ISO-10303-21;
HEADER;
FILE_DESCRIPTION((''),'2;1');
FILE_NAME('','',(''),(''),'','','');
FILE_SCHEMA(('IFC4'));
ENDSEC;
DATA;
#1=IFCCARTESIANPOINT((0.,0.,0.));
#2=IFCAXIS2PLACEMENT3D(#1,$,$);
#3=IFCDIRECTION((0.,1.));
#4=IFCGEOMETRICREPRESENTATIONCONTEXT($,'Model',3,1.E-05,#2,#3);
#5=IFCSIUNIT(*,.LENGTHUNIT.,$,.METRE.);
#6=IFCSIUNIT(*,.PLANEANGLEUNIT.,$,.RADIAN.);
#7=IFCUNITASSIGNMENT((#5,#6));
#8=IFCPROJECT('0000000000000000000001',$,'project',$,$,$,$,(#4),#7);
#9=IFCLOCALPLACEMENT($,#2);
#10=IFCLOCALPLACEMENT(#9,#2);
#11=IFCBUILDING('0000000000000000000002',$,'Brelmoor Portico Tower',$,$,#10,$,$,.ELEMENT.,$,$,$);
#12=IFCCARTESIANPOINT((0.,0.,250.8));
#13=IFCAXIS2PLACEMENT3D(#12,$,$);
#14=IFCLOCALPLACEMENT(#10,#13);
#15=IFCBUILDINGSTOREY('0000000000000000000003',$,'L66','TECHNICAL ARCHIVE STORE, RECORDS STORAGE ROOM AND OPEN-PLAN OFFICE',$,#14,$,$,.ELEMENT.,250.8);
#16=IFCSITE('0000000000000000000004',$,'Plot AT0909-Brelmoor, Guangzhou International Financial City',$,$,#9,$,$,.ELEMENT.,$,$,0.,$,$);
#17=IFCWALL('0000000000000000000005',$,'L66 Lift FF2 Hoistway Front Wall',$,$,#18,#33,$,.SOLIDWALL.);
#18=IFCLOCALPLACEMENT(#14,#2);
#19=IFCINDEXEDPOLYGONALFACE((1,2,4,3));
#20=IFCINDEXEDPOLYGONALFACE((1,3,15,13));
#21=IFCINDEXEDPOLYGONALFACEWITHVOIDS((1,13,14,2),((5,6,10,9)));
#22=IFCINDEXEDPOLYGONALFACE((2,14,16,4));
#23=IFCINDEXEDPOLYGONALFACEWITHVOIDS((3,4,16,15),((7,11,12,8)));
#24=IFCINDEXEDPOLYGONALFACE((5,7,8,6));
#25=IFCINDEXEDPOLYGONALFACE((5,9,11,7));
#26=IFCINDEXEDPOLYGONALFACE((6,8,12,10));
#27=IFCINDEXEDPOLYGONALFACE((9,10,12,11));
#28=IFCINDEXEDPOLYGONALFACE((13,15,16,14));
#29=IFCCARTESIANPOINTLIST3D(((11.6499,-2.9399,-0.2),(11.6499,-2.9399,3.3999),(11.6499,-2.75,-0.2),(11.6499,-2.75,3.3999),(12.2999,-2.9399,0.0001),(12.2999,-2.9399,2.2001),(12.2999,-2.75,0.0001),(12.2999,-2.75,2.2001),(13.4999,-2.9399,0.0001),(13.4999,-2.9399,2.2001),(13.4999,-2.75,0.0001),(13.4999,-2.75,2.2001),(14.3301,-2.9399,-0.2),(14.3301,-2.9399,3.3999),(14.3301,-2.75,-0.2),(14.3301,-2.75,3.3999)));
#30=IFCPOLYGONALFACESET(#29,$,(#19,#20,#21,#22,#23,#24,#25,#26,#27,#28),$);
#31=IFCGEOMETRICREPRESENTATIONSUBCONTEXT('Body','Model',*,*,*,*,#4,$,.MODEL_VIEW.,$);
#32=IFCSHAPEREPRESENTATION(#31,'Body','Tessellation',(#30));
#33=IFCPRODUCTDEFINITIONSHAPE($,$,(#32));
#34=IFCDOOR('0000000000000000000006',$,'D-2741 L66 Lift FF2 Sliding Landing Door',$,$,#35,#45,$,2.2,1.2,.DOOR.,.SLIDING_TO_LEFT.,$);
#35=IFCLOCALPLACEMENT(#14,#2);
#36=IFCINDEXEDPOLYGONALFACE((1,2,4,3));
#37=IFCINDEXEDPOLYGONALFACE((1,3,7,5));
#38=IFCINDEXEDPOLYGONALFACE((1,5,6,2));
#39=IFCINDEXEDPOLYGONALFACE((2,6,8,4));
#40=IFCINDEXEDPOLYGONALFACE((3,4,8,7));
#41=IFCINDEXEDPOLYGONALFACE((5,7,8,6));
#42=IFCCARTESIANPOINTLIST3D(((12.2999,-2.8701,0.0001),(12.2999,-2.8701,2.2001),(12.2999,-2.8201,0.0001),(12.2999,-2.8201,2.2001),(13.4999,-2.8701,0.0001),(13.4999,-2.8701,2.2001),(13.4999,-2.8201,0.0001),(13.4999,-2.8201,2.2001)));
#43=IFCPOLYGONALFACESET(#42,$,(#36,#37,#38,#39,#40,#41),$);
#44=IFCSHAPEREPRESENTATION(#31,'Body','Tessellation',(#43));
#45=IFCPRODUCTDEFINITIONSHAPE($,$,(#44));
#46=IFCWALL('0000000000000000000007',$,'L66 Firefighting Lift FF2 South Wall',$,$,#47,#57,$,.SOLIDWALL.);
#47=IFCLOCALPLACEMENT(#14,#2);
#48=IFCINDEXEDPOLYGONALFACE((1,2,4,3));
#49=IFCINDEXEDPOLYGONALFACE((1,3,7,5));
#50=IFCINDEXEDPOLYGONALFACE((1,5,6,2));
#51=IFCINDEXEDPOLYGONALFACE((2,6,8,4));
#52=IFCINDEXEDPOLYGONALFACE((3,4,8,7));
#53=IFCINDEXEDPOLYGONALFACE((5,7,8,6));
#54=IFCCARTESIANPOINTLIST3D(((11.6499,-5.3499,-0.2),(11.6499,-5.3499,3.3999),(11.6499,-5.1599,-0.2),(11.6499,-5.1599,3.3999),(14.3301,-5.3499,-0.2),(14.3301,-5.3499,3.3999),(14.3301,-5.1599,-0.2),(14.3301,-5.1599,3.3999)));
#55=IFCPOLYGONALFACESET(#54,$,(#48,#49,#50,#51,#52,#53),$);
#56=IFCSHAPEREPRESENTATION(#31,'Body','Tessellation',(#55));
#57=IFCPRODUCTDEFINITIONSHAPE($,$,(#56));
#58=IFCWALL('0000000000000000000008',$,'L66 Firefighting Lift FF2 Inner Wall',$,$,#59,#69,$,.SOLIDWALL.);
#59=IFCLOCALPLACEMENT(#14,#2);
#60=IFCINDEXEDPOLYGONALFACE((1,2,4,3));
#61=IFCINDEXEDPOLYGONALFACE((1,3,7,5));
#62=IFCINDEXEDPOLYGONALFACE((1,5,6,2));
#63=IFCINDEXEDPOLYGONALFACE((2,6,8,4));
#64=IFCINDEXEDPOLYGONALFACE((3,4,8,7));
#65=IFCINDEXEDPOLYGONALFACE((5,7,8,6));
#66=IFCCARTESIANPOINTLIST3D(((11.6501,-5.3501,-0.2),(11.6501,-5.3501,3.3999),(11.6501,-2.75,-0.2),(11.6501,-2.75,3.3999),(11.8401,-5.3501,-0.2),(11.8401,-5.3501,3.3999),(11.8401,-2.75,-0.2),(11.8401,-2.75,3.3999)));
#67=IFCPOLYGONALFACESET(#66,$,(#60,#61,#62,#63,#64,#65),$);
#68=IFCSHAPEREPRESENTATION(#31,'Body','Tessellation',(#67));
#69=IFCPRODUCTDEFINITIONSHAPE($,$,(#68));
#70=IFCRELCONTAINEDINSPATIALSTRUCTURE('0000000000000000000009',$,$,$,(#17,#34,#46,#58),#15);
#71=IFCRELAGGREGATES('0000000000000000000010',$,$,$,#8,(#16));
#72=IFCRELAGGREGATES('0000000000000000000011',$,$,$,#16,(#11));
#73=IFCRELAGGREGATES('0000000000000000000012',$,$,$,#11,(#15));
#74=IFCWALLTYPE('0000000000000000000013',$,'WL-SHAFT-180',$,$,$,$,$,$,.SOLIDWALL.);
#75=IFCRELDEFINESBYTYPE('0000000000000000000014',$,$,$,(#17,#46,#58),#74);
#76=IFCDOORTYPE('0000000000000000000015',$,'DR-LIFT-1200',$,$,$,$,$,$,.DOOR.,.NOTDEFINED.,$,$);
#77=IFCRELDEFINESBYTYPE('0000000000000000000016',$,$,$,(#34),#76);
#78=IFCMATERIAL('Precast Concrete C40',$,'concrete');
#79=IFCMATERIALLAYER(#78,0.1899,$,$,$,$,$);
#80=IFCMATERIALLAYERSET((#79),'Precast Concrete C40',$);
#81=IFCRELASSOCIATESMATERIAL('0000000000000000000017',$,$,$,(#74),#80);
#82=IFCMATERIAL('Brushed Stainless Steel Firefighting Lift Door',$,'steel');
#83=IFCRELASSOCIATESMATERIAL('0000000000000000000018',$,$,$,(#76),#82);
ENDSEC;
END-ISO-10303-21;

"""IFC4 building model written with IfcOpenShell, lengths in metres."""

from ifc_helpers import new_model, si_unit, direction, frame, frame_2d, origin, place, context, subcontext, project, spatial, rectangle, extrude, material, layer, layer_set, type_object, element, fill, save


model = new_model("IFC4")

# Units and contexts
model_context = context("Model", 3, precision=1e-05, world=origin(), true_north=direction((0.0, 1.0)))
body_context = subcontext(model_context, "Body", "Model", "MODEL_VIEW")
ifc_project = project(units=[si_unit("LENGTHUNIT", "METRE"), si_unit("PLANEANGLEUNIT", "RADIAN")], contexts=[model_context])

# Site, building, storey
site_placement = place(None, origin())
site = spatial("IfcSite", under=ifc_project, at=site_placement, Name="Plot AT0909-Brelmoor, Guangzhou International Financial City", CompositionType="ELEMENT", RefElevation=0.0)
building_placement = place(site_placement, origin())
building = spatial("IfcBuilding", under=site, at=building_placement, Name="Brelmoor Portico Tower", CompositionType="ELEMENT")
storey_placement = place(building_placement, frame((0.0, 0.0, 250.8)))
storey = spatial("IfcBuildingStorey", under=building, at=storey_placement, Name="L66", Description="TECHNICAL ARCHIVE STORE, RECORDS STORAGE ROOM AND OPEN-PLAN OFFICE", CompositionType="ELEMENT", Elevation=250.8)

# Wall, opening, door
ifc_material_1 = material(Name="Precast Concrete C40", Category="concrete")
ifc_layer_1 = layer(ifc_material_1, 0.1899)
ifc_layer_set_1 = layer_set([ifc_layer_1], Name="Precast Concrete C40")
wall_type_1 = type_object("IfcWallType", Name="WL-SHAFT-180", PredefinedType="SOLIDWALL", material=ifc_layer_set_1)
wall_1_placement = place(storey_placement, frame((11.6499, -2.845, -0.2), z_axis=(0.0, 0.0, 1.0), x_axis=(1.0, 0.0, 0.0)))
wall_1 = element("IfcWall", 1, at=wall_1_placement, inside=storey, type_object=wall_type_1, Name="L66 Lift FF2 Hoistway Front Wall", PredefinedType="SOLIDWALL", context=body_context, shape_type="SweptSolid", body=[
    extrude(rectangle(XDim=2.6802, YDim=0.1899, at=frame_2d((1.3401, 0.0))), origin(), (0.0, 0.0, 1.0), 3.5999),
])
opening_1_placement = place(wall_1_placement, frame((0.6499, 0.0, 0.2)))
opening_1 = element("IfcOpeningElement", 2, at=opening_1_placement, cuts=wall_1, PredefinedType="OPENING", context=body_context, shape_type="SweptSolid", body=[
    extrude(rectangle(XDim=1.2, YDim=2.2, at=frame_2d((0.6001, 1.1001))), frame((0.0, 0.105, 0.0), z_axis=(0.0, -1.0, 0.0), x_axis=(1.0, 0.0, 0.0)), (0.0, 0.0, 1.0), 0.21),
])
ifc_material_2 = material(Name="Brushed Stainless Steel Firefighting Lift Door", Category="steel")
door_type_1 = type_object("IfcDoorType", Name="DR-LIFT-1200", OperationType="NOTDEFINED", PredefinedType="DOOR", material=ifc_material_2)
door_1_placement = place(opening_1_placement, origin())
door_1 = element("IfcDoor", 3, at=door_1_placement, inside=storey, type_object=door_type_1, Name="D-2741 L66 Lift FF2 Sliding Landing Door", OperationType="SLIDING_TO_LEFT", OverallHeight=2.2, OverallWidth=1.2, PredefinedType="DOOR", context=body_context, shape_type="SweptSolid", body=[
    extrude(rectangle(XDim=1.2, YDim=2.2, at=frame_2d((0.6001, 1.1001))), frame((0.0, 0.0249, 0.0), z_axis=(0.0, -1.0, 0.0), x_axis=(1.0, 0.0, 0.0)), (0.0, 0.0, 1.0), 0.05),
])
fill(opening_1, door_1)

# Walls
wall_2_placement = place(storey_placement, frame((11.6499, -5.2549, -0.2), z_axis=(0.0, 0.0, 1.0), x_axis=(1.0, 0.0, 0.0)))
element("IfcWall", 4, at=wall_2_placement, inside=storey, type_object=wall_type_1, Name="L66 Firefighting Lift FF2 South Wall", PredefinedType="SOLIDWALL", context=body_context, shape_type="SweptSolid", body=[
    extrude(rectangle(XDim=2.6802, YDim=0.1899, at=frame_2d((1.3401, 0.0))), origin(), (0.0, 0.0, 1.0), 3.5999),
])
wall_3_placement = place(storey_placement, frame((11.7451, -5.3501, -0.2), z_axis=(0.0, 0.0, 1.0), x_axis=(0.0, 1.0, 0.0)))
element("IfcWall", 5, at=wall_3_placement, inside=storey, type_object=wall_type_1, Name="L66 Firefighting Lift FF2 Inner Wall", PredefinedType="SOLIDWALL", context=body_context, shape_type="SweptSolid", body=[
    extrude(rectangle(XDim=2.6001, YDim=0.1899, at=frame_2d((1.3, 0.0))), origin(), (0.0, 0.0, 1.0), 3.5999),
])

save(model, "model.ifc")
